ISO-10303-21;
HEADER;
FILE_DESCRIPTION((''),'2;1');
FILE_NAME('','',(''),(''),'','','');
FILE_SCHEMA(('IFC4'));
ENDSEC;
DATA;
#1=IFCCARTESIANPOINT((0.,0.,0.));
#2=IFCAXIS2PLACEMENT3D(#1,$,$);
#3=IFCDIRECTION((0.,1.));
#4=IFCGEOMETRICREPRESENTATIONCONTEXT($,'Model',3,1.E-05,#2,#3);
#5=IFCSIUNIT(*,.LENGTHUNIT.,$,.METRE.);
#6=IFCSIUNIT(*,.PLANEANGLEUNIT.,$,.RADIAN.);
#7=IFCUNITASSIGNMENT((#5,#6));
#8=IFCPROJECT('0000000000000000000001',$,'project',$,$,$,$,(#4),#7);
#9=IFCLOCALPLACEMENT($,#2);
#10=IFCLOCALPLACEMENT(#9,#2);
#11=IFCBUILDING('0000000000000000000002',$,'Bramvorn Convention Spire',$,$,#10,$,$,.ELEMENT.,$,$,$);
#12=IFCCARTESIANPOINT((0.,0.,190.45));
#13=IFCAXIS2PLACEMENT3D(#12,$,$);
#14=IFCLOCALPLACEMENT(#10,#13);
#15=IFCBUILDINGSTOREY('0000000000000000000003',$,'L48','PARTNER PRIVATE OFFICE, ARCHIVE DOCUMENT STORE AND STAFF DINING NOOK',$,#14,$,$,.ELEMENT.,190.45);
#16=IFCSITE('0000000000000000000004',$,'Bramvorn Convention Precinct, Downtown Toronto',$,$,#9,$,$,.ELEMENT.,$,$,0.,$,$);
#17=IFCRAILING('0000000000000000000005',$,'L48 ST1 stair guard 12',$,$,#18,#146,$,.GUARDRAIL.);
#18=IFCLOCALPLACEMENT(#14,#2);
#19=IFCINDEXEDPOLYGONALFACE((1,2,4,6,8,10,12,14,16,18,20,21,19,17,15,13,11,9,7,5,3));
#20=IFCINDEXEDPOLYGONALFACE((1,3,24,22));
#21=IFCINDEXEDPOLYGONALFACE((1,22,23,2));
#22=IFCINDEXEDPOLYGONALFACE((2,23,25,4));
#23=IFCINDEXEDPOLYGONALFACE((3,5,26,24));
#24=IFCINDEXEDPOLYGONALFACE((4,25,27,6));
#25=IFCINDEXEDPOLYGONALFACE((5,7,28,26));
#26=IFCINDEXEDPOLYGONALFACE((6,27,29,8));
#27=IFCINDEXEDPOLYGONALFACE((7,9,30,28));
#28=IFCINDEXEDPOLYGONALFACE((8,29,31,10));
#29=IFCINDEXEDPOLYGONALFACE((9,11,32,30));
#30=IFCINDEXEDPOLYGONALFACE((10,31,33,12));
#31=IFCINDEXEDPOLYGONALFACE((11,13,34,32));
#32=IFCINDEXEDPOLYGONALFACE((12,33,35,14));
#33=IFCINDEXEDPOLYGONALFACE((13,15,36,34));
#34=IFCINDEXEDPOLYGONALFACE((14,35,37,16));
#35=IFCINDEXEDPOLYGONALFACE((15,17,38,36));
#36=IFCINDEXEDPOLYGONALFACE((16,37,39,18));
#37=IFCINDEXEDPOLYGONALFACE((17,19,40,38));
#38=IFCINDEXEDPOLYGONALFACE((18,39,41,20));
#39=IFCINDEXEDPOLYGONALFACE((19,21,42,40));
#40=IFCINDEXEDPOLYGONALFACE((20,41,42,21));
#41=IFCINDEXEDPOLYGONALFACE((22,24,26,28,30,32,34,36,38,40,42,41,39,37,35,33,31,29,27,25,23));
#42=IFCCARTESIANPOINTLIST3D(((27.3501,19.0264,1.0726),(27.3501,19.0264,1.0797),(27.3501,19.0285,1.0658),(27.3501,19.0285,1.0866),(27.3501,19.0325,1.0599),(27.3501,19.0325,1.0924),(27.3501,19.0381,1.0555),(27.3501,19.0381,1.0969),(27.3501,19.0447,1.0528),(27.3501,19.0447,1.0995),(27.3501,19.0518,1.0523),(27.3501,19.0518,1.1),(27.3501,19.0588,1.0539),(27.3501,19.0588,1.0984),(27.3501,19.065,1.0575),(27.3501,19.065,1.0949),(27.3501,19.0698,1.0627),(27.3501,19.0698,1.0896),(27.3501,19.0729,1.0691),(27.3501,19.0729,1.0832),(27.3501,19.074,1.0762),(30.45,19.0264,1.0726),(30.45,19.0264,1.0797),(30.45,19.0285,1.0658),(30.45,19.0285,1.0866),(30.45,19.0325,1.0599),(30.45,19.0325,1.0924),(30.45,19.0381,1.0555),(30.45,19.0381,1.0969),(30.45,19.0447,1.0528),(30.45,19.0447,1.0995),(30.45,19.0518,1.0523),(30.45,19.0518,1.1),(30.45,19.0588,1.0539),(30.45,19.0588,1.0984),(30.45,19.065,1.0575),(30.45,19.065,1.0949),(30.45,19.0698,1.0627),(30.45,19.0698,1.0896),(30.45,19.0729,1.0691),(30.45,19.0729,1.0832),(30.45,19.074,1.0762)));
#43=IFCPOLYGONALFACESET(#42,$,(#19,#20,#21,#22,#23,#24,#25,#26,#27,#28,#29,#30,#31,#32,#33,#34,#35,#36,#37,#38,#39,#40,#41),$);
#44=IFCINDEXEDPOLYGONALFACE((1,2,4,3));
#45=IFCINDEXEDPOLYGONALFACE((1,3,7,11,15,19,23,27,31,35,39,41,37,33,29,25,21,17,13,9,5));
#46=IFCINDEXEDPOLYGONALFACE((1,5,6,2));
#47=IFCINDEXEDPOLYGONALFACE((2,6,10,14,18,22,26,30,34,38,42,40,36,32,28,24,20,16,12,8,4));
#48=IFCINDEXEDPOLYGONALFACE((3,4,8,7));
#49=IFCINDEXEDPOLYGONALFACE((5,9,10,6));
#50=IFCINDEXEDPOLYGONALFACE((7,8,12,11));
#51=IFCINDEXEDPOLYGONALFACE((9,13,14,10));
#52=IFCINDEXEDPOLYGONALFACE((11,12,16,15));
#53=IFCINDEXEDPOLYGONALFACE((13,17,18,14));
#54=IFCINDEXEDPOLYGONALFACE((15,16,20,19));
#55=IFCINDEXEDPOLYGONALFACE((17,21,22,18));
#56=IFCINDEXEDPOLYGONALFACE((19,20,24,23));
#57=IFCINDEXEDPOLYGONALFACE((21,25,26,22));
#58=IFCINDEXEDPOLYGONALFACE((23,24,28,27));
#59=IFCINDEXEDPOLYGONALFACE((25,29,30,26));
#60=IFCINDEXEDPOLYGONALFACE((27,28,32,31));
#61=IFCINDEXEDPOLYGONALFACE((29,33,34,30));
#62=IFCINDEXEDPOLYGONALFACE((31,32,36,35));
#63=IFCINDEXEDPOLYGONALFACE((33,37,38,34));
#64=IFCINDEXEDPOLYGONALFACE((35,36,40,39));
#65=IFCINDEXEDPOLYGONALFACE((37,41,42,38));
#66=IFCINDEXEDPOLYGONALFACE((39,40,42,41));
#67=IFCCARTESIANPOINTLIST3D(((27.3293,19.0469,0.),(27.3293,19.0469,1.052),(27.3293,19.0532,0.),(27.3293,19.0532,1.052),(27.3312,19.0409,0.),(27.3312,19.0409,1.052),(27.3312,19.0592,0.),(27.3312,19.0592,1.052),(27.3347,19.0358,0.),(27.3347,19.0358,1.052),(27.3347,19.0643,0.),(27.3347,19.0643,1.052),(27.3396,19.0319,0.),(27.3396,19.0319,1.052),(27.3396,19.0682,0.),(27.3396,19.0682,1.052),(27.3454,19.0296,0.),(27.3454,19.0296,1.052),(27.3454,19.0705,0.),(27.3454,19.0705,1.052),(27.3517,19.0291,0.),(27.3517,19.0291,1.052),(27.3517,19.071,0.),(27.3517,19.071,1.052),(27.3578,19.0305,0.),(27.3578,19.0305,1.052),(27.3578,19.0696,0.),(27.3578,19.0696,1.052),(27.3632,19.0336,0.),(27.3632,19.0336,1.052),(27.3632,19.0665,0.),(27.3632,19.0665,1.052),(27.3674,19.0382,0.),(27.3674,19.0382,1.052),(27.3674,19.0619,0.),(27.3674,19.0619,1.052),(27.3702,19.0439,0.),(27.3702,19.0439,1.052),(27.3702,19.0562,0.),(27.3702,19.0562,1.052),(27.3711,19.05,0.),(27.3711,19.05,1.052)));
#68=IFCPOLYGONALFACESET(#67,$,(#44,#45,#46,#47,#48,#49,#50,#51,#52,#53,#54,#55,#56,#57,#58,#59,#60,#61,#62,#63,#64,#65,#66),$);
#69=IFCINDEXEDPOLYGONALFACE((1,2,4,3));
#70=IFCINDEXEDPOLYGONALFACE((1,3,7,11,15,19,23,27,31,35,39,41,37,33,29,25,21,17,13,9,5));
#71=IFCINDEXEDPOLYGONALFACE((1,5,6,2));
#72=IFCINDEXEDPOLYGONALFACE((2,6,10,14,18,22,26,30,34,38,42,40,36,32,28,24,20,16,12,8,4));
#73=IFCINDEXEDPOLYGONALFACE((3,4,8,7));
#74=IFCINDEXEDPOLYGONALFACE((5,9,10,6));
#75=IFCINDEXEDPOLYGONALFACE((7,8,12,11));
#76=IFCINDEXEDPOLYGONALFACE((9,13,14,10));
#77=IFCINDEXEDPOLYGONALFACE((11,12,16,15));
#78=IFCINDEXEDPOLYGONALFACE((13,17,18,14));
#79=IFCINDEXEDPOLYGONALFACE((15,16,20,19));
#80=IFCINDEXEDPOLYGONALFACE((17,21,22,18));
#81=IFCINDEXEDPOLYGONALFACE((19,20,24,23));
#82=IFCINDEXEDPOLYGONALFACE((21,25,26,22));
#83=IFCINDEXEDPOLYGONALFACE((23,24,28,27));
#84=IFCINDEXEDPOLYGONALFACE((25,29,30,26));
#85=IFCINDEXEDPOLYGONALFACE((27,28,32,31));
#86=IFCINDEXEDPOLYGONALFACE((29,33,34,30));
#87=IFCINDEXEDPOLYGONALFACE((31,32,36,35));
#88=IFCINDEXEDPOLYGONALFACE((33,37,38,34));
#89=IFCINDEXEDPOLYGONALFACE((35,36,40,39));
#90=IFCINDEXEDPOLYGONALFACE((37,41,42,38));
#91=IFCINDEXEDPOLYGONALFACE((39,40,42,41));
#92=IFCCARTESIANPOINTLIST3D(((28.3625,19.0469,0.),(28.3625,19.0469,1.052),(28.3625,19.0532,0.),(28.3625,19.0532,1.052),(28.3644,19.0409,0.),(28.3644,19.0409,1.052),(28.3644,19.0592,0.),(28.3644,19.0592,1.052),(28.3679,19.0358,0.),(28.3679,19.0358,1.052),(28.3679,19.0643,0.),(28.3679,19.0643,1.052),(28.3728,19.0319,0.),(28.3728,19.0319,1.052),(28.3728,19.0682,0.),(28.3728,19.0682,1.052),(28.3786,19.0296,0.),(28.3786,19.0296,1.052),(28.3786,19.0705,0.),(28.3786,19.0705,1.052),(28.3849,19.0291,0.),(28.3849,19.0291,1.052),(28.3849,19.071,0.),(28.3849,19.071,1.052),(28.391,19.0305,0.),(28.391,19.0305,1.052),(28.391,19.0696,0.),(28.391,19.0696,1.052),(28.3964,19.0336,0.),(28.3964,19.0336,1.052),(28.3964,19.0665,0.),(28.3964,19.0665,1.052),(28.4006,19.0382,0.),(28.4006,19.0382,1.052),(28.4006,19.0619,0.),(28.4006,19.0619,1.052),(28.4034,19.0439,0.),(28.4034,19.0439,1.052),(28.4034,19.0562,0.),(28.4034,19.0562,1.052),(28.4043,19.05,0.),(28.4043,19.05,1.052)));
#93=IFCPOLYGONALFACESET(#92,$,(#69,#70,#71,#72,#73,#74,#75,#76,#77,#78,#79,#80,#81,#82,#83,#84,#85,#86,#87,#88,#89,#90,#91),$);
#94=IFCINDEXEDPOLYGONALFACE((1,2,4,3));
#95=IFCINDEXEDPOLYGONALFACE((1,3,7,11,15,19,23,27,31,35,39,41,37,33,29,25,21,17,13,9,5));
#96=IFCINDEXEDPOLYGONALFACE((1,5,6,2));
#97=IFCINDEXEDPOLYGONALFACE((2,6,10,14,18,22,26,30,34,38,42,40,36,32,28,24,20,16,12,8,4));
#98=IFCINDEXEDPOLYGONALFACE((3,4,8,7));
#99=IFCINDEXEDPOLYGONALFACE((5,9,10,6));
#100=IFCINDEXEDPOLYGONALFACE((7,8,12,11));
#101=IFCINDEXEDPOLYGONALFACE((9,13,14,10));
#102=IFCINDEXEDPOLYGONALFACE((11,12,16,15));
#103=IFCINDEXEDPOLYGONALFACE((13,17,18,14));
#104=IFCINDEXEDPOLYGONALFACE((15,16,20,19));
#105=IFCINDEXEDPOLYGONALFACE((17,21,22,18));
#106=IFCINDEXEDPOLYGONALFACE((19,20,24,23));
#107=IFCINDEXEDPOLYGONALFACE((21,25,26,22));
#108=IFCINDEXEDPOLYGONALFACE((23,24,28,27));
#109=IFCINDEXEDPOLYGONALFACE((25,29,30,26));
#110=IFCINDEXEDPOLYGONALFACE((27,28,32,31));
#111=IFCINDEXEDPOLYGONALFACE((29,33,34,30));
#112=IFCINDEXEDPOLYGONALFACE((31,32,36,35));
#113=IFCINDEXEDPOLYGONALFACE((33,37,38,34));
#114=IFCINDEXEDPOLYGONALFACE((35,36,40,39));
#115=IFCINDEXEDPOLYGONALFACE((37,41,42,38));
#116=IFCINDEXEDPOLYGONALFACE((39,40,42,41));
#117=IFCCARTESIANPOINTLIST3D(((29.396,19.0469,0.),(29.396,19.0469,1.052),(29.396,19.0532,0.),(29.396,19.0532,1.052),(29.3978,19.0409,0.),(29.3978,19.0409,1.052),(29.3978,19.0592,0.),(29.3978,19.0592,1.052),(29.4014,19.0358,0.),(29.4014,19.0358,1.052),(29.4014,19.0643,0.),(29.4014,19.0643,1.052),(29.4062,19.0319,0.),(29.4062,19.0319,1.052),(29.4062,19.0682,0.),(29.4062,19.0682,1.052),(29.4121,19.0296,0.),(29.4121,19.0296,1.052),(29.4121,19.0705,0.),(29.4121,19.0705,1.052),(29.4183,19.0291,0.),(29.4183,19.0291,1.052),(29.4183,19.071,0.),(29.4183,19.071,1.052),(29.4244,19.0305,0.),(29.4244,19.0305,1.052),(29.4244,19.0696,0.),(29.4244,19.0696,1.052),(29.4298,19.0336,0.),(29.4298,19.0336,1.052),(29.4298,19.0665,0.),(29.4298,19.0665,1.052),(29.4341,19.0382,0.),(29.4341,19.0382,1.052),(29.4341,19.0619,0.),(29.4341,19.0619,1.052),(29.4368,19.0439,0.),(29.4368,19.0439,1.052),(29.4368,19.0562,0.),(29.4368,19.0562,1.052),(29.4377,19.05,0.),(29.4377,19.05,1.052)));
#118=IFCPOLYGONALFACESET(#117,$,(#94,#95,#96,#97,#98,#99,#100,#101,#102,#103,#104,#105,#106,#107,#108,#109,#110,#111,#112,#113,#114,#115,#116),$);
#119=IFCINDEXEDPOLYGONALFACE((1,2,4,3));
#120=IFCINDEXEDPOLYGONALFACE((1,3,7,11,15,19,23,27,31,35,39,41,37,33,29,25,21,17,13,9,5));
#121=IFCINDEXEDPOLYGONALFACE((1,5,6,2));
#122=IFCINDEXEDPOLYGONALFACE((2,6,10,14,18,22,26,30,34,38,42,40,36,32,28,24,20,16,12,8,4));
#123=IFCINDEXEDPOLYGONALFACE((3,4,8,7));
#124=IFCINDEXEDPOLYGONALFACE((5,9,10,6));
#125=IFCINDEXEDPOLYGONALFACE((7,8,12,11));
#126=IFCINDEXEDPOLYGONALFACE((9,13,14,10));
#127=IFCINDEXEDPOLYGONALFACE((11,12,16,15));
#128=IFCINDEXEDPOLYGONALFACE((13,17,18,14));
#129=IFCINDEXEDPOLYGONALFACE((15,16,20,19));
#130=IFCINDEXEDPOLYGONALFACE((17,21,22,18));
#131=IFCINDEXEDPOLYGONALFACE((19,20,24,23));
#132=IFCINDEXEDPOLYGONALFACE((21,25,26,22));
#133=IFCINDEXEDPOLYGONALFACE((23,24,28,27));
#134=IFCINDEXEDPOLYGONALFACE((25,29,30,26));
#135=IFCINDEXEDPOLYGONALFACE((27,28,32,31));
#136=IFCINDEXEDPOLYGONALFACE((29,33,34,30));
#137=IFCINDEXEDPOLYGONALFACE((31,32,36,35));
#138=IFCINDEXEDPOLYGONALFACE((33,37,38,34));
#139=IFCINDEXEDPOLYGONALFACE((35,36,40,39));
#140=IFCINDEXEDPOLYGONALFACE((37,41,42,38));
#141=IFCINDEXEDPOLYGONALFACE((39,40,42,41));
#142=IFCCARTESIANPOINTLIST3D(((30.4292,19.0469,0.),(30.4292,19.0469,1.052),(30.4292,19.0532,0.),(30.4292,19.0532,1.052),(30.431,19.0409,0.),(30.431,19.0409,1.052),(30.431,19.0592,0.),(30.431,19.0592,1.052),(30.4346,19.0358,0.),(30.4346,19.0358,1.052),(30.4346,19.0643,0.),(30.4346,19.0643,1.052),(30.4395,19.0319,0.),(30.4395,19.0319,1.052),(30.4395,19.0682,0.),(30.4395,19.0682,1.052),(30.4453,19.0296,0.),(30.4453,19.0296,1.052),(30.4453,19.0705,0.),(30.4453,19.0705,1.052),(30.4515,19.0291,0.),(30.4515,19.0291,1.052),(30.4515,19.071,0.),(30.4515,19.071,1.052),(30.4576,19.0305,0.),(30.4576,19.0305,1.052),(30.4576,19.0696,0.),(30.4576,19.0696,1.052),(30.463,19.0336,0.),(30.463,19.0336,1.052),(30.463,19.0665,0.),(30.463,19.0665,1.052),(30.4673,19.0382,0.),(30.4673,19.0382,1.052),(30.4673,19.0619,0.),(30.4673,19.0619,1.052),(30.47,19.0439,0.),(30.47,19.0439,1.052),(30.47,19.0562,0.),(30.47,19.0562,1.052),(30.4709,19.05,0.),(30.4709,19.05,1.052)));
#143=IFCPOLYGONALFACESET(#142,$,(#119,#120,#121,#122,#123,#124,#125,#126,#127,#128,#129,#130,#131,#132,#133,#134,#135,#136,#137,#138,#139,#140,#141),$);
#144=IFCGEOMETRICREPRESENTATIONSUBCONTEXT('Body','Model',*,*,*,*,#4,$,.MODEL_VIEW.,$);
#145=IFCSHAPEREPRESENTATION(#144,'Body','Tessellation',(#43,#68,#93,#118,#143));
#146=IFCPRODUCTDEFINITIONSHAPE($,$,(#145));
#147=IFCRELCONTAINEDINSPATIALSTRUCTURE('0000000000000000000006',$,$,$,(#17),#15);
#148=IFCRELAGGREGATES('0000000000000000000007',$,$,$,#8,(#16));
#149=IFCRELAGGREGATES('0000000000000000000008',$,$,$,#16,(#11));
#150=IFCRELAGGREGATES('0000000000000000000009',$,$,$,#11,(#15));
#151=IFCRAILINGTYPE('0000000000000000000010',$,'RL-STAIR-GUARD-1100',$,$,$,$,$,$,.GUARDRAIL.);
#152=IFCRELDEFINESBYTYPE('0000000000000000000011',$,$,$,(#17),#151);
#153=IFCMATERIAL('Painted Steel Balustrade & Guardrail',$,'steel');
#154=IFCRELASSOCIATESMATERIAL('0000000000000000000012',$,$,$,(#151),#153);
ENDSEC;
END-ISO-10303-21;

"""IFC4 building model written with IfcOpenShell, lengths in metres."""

from ifc_helpers import new_model, si_unit, direction, frame, origin, origin_2d, place, context, subcontext, project, spatial, circle, extrude, material, type_object, element, save


model = new_model("IFC4")

# Units and contexts
model_context = context("Model", 3, precision=1e-05, world=origin(), true_north=direction((0.0, 1.0)))
body_context = subcontext(model_context, "Body", "Model", "MODEL_VIEW")
ifc_project = project(units=[si_unit("LENGTHUNIT", "METRE"), si_unit("PLANEANGLEUNIT", "RADIAN")], contexts=[model_context])

# Site, building, storey
site_placement = place(None, origin())
site = spatial("IfcSite", under=ifc_project, at=site_placement, Name="Bramvorn Convention Precinct, Downtown Toronto", CompositionType="ELEMENT", RefElevation=0.0)
building_placement = place(site_placement, origin())
building = spatial("IfcBuilding", under=site, at=building_placement, Name="Bramvorn Convention Spire", CompositionType="ELEMENT")
storey_placement = place(building_placement, frame((0.0, 0.0, 190.45)))
storey = spatial("IfcBuildingStorey", under=building, at=storey_placement, Name="L48", Description="PARTNER PRIVATE OFFICE, ARCHIVE DOCUMENT STORE AND STAFF DINING NOOK", CompositionType="ELEMENT", Elevation=190.45)

# Railing
ifc_material_1 = material(Name="Painted Steel Balustrade & Guardrail", Category="steel")
railing_type_1 = type_object("IfcRailingType", Name="RL-STAIR-GUARD-1100", PredefinedType="GUARDRAIL", material=ifc_material_1)
railing_1_placement = place(storey_placement, frame((27.3501, 19.05, 0.0)))
element("IfcRailing", 1, at=railing_1_placement, inside=storey, type_object=railing_type_1, Name="L48 ST1 stair guard 12", PredefinedType="GUARDRAIL", context=body_context, shape_type="SweptSolid", body=[
    extrude(circle(Radius=0.0239, at=origin_2d()), frame((0.0, 0.0, 1.0762), z_axis=(1.0, 0.0, 0.0), x_axis=(0.0, 1.0, 0.0)), (0.0, 0.0, 1.0), 3.0999),
    extrude(circle(Radius=0.021, at=origin_2d()), origin(), (0.0, 0.0, 1.0), 1.052),
    extrude(circle(Radius=0.021, at=origin_2d()), frame((1.0332, 0.0, 0.0)), (0.0, 0.0, 1.0), 1.052),
    extrude(circle(Radius=0.021, at=origin_2d()), frame((2.0667, 0.0, 0.0)), (0.0, 0.0, 1.0), 1.052),
    extrude(circle(Radius=0.021, at=origin_2d()), frame((3.0999, 0.0, 0.0)), (0.0, 0.0, 1.0), 1.052),
])

save(model, "model.ifc")
